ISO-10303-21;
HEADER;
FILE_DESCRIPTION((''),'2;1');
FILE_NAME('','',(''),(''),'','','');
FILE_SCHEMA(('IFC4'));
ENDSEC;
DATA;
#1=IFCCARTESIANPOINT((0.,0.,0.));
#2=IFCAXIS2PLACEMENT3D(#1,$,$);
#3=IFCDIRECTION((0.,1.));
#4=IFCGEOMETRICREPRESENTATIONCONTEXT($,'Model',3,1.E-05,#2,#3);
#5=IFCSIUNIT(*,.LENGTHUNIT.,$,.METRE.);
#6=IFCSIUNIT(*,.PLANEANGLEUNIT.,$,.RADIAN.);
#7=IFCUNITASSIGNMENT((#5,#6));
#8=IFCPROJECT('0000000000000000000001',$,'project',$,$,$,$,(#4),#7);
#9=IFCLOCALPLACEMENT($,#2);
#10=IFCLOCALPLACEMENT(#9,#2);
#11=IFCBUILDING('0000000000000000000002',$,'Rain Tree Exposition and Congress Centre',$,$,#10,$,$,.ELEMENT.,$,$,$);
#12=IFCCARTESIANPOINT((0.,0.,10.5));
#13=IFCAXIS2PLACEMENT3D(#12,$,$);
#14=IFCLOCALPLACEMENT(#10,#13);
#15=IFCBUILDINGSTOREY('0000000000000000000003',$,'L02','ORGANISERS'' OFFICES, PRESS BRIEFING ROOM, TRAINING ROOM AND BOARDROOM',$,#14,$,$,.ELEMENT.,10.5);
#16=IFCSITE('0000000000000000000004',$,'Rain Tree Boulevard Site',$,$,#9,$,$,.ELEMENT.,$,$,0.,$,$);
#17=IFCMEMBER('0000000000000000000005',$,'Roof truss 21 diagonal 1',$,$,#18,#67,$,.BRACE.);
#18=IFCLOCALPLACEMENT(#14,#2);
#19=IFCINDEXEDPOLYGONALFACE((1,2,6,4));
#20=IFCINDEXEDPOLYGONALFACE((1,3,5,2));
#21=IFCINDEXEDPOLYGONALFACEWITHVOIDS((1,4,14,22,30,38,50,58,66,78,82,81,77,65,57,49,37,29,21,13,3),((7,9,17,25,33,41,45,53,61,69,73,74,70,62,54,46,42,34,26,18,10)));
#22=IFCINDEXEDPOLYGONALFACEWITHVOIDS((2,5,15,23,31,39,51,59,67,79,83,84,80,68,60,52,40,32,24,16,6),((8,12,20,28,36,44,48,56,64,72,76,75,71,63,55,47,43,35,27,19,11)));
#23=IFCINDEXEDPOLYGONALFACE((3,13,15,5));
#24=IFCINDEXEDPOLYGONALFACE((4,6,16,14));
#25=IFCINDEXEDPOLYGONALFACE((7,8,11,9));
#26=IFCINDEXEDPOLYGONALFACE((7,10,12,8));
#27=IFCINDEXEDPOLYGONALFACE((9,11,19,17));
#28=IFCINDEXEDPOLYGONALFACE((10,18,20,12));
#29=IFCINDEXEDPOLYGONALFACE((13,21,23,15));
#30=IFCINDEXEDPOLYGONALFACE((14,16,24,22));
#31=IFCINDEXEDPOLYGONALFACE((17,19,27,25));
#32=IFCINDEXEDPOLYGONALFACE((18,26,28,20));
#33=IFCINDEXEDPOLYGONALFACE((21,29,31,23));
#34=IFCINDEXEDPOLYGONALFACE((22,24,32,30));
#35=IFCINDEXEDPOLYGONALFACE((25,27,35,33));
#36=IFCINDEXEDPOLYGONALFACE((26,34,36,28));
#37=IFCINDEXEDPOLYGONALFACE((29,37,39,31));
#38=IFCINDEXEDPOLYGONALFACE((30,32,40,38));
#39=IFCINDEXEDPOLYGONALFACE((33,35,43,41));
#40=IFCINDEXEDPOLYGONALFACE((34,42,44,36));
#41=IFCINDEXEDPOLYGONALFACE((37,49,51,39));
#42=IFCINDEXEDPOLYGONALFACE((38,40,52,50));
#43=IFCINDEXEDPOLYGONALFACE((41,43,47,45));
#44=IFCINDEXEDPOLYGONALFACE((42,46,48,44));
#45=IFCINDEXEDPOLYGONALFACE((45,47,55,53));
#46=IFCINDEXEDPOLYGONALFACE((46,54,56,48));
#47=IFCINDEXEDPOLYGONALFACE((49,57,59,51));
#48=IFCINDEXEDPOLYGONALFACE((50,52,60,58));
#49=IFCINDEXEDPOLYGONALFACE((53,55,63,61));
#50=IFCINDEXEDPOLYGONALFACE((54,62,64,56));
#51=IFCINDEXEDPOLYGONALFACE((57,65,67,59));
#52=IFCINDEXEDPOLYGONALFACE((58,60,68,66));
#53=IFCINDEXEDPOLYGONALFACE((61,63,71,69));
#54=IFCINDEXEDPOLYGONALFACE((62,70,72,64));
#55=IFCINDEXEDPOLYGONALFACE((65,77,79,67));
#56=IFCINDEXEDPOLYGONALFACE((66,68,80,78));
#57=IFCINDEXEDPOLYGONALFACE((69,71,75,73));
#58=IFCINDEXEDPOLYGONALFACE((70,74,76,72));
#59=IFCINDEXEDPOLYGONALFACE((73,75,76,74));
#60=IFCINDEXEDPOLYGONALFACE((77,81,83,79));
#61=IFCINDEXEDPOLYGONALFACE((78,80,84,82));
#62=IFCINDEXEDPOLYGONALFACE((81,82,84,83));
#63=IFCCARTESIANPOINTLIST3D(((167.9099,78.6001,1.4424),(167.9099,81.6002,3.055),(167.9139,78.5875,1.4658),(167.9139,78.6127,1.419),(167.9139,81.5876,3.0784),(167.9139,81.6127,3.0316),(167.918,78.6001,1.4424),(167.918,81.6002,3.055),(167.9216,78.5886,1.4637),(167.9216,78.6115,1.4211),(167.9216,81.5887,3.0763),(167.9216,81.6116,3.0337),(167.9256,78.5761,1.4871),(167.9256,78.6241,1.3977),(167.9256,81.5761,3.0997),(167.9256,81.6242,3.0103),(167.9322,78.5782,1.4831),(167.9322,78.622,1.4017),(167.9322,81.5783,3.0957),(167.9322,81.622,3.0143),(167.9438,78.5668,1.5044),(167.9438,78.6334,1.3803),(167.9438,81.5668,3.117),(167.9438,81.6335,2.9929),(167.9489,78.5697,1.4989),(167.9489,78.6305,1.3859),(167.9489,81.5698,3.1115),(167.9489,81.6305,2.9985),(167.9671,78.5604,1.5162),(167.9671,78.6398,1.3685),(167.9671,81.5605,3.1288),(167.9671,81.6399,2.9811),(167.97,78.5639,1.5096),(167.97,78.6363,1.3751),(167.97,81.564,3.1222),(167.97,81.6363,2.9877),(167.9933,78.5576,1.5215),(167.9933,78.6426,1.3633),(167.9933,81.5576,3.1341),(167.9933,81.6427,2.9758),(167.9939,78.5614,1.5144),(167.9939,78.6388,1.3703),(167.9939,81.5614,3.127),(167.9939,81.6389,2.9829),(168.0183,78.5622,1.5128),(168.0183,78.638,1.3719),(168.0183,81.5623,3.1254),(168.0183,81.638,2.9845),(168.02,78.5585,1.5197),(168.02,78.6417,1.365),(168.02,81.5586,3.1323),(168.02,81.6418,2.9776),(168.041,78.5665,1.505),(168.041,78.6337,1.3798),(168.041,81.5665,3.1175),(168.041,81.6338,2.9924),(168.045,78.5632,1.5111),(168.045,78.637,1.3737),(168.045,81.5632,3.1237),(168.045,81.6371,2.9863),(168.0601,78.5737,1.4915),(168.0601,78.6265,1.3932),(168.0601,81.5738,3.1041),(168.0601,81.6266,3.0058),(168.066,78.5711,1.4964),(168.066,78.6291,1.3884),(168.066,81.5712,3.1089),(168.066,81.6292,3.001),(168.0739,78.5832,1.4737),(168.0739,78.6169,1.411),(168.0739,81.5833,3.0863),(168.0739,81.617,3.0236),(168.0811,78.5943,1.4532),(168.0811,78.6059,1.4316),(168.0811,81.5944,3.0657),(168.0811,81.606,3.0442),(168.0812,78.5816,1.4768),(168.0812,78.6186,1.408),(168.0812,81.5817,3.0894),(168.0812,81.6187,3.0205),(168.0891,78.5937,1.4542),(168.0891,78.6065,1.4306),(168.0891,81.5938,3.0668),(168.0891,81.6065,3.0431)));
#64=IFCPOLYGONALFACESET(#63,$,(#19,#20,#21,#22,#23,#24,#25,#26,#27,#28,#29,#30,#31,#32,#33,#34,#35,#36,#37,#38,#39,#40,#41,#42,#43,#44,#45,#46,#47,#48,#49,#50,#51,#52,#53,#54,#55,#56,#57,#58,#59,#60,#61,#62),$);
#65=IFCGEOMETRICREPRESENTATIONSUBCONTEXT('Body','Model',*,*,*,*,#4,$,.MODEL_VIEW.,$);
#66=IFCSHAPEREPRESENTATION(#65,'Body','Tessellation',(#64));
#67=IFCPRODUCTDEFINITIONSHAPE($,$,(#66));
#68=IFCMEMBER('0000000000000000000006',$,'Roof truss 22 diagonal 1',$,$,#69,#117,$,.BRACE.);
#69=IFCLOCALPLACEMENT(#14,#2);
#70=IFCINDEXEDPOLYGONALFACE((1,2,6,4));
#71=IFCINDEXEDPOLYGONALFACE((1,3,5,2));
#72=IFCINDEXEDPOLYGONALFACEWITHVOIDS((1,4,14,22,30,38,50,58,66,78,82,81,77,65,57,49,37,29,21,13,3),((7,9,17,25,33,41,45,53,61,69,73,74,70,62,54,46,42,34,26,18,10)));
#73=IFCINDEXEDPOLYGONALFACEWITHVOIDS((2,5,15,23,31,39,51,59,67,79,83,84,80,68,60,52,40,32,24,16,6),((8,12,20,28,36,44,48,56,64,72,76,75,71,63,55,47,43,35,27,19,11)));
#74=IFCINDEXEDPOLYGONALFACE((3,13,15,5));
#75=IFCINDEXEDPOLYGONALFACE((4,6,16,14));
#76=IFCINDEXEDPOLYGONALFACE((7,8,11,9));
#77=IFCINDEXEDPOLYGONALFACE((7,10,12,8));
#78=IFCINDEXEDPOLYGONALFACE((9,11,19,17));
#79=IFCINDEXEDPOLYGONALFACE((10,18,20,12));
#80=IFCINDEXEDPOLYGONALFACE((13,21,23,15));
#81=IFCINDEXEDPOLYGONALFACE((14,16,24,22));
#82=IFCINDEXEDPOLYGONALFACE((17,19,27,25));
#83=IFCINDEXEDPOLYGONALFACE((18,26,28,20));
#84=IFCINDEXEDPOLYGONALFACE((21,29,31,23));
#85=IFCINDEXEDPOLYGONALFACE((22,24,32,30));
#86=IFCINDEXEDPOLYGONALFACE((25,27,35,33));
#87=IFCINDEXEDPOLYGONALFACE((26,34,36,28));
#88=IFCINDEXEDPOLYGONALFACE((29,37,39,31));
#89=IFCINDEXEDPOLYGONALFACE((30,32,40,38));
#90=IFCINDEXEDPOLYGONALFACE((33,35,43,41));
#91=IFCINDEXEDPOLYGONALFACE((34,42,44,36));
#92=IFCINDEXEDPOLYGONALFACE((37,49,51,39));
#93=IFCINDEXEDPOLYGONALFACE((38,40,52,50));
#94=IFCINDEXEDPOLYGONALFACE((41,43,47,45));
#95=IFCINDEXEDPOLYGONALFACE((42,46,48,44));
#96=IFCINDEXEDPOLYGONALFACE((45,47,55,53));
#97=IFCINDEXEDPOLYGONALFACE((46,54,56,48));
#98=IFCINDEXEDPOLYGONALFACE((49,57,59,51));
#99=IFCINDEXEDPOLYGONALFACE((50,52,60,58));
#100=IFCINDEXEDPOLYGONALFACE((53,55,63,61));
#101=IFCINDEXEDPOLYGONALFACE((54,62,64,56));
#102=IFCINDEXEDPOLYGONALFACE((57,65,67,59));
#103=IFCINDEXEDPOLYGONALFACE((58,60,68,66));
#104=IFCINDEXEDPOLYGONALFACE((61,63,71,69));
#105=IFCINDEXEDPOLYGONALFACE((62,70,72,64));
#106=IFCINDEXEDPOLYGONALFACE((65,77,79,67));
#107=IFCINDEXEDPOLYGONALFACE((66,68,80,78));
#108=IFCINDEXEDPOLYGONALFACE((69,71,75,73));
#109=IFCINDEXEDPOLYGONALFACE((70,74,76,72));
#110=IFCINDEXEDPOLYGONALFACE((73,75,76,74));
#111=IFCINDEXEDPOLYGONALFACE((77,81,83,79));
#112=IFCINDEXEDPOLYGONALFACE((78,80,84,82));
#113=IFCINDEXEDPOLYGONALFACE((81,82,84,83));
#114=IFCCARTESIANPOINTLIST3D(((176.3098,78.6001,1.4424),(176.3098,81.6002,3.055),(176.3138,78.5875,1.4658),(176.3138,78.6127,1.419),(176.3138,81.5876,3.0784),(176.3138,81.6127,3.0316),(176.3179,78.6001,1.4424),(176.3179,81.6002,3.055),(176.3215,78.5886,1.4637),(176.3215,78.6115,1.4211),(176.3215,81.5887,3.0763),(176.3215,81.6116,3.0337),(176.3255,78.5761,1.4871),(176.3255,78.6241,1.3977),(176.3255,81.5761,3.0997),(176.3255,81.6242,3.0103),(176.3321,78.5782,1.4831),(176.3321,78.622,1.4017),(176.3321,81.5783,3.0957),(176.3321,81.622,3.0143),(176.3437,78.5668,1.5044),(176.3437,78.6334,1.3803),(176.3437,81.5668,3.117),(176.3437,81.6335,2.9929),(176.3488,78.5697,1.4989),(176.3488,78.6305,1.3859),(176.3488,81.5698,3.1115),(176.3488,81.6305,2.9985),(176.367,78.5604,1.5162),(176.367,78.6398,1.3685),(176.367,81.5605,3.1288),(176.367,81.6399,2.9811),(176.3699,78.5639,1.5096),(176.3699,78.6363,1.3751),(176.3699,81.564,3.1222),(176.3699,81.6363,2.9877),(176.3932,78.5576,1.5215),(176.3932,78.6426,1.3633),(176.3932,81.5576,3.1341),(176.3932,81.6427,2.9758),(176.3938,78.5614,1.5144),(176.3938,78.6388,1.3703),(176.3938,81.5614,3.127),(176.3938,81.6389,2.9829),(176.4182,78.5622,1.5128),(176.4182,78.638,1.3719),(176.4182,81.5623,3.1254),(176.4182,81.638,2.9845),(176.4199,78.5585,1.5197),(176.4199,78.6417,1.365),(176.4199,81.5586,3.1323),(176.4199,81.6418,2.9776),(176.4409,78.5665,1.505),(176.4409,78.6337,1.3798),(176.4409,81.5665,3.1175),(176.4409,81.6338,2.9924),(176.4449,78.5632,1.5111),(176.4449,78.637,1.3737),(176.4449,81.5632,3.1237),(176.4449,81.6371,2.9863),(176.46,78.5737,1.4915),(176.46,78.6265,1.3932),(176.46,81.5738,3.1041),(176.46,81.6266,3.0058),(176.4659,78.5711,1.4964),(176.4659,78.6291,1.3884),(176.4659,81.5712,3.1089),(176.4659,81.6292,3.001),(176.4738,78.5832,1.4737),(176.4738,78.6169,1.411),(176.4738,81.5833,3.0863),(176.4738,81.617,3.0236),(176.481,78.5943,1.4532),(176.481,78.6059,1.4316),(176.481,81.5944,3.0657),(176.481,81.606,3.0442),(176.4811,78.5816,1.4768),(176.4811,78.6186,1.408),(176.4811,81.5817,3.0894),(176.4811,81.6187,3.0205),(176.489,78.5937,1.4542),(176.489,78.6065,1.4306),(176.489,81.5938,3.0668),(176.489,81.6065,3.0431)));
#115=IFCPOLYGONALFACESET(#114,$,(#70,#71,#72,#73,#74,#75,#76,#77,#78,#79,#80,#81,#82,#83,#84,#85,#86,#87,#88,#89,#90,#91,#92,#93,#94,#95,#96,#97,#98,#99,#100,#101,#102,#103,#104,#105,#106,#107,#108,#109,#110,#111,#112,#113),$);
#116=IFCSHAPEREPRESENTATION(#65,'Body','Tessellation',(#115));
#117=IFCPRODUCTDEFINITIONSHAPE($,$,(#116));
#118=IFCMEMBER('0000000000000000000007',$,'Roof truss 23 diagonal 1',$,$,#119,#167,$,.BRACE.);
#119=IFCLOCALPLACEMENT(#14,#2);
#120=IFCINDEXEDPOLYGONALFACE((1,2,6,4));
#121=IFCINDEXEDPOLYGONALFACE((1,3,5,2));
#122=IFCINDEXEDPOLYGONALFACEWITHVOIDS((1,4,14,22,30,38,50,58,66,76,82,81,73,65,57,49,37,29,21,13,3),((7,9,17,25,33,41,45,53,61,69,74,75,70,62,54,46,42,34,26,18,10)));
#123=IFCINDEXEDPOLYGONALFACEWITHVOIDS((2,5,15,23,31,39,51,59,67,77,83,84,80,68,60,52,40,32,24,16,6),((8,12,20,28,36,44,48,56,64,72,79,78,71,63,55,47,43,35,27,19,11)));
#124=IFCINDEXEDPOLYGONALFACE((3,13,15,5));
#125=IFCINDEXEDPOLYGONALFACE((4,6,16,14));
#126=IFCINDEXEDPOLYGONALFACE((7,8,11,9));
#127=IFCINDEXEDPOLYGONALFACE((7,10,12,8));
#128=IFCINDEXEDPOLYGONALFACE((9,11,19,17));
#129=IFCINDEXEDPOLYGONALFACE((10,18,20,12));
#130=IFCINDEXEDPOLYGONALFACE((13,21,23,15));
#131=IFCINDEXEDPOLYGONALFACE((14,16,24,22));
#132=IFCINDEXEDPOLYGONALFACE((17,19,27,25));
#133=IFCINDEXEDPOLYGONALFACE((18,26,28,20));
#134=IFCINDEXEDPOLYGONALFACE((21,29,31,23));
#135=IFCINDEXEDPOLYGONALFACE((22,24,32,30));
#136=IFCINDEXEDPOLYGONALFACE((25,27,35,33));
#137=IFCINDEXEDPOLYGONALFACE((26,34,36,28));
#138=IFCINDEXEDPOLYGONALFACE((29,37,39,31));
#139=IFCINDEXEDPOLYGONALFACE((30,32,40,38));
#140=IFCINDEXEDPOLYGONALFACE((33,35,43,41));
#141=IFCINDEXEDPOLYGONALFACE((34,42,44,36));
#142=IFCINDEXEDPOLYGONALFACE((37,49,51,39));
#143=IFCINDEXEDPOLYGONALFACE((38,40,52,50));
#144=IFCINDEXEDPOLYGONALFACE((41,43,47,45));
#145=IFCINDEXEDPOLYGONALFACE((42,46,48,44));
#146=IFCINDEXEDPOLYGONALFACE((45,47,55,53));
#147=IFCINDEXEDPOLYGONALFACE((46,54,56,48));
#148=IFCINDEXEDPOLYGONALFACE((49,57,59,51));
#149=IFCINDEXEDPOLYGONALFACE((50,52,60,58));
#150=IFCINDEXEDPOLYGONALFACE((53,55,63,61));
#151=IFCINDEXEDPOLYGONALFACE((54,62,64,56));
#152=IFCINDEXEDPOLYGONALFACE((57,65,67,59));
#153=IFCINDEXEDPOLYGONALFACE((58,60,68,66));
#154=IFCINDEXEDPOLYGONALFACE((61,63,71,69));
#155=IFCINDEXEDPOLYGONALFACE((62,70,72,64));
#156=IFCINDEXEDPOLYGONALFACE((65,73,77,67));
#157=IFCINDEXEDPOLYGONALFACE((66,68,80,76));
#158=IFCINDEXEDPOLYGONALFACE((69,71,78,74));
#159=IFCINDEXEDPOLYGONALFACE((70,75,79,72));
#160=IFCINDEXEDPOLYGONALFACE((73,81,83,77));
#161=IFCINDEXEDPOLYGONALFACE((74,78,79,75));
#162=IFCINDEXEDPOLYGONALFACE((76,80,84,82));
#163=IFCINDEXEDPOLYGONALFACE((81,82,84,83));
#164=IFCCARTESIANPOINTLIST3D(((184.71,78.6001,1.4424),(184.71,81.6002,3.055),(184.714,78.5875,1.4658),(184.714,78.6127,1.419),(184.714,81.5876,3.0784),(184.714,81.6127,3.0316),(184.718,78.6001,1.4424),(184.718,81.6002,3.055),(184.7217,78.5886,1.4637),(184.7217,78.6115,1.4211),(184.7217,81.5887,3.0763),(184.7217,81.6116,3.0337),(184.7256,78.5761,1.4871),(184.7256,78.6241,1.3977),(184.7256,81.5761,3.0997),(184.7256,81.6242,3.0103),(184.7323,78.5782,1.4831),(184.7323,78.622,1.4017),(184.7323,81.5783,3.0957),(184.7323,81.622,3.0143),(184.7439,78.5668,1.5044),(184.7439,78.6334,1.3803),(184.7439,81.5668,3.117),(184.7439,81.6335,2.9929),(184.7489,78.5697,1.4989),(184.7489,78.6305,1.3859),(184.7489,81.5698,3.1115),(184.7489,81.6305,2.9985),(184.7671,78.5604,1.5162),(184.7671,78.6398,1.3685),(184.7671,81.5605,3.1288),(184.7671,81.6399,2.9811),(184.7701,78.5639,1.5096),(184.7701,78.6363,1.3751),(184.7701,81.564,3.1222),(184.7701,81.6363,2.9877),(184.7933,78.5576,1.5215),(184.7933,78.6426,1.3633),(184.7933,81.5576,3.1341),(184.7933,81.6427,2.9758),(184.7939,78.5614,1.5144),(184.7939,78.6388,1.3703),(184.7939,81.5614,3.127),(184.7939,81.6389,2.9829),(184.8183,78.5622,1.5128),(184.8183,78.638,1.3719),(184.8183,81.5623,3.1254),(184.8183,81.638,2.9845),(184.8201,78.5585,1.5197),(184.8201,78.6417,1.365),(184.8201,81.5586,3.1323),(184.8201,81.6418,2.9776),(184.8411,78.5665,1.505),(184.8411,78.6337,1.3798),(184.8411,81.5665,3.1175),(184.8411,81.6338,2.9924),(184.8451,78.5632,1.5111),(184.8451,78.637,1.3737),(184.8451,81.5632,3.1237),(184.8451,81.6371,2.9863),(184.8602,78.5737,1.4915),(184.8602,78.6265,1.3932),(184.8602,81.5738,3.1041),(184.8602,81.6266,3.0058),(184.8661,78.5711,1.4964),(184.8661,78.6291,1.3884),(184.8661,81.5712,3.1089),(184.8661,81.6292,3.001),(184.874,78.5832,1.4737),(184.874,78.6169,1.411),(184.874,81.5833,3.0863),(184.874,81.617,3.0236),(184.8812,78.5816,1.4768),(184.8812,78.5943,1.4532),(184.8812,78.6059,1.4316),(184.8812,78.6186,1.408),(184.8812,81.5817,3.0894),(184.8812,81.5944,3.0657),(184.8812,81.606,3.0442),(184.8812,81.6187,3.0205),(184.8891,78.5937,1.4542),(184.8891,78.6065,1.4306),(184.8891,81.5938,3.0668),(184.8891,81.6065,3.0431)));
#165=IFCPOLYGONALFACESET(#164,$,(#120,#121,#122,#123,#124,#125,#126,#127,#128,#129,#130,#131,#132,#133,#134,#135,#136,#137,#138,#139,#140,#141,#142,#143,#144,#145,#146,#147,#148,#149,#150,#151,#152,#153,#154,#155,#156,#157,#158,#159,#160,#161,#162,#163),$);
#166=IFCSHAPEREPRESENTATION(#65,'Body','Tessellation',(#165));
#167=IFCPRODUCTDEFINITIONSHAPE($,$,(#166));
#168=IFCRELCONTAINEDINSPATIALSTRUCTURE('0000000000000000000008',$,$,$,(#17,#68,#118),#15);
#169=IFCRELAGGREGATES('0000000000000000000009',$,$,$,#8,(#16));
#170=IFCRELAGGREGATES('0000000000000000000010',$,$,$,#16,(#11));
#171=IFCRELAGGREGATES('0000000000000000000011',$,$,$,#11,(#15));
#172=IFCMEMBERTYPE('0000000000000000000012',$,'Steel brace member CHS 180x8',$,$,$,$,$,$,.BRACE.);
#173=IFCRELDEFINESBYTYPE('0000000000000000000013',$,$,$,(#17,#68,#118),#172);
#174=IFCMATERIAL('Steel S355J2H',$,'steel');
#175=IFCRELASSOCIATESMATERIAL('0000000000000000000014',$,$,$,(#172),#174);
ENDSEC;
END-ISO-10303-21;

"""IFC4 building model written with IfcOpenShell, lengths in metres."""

from ifc_helpers import new_model, si_unit, direction, frame, origin, origin_2d, place, context, subcontext, project, spatial, hollow_circle, extrude, material, material_profile, profile_set, type_object, element, save


model = new_model("IFC4")

# Units and contexts
model_context = context("Model", 3, precision=1e-05, world=origin(), true_north=direction((0.0, 1.0)))
body_context = subcontext(model_context, "Body", "Model", "MODEL_VIEW")
ifc_project = project(units=[si_unit("LENGTHUNIT", "METRE"), si_unit("PLANEANGLEUNIT", "RADIAN")], contexts=[model_context])

# Site, building, storey
site_placement = place(None, origin())
site = spatial("IfcSite", under=ifc_project, at=site_placement, Name="Rain Tree Boulevard Site", CompositionType="ELEMENT", RefElevation=0.0)
building_placement = place(site_placement, origin())
building = spatial("IfcBuilding", under=site, at=building_placement, Name="Rain Tree Exposition and Congress Centre", CompositionType="ELEMENT")
storey_placement = place(building_placement, frame((0.0, 0.0, 10.5)))
storey = spatial("IfcBuildingStorey", under=building, at=storey_placement, Name="L02", Description="ORGANISERS' OFFICES, PRESS BRIEFING ROOM, TRAINING ROOM AND BOARDROOM", CompositionType="ELEMENT", Elevation=10.5)

# Members
ifc_material_1 = material(Name="Steel S355J2H", Category="steel")
ifc_material_profile_1 = material_profile(ifc_material_1, hollow_circle(Radius=0.0901, WallThickness=0.0081, at=origin_2d()), Name="CHS 180x8")
ifc_profile_set_1 = profile_set([ifc_material_profile_1], Name="Steel S355J2H")
member_type_1 = type_object("IfcMemberType", Name="Steel brace member CHS 180x8", PredefinedType="BRACE", material=ifc_profile_set_1)
for number, where, z_axis, x_axis, name in (
    (1, (168.0, 78.6001, 1.4424), (0.0, 0.880818, 0.473454), (-1.0, 0.0, 0.0), "Roof truss 21 diagonal 1"),
    (2, (176.3999, 78.6001, 1.4424), (0.0, 0.880818, 0.473454), (-1.0, 0.0, 0.0), "Roof truss 22 diagonal 1"),
    (3, (184.8, 78.6001, 1.4424), (0.0, 0.880818, 0.473454), (-1.0, 0.0, 0.0), "Roof truss 23 diagonal 1"),
):
    element("IfcMember", number, at=place(storey_placement, frame(where, z_axis=z_axis, x_axis=x_axis)), inside=storey, type_object=member_type_1, Name=name, PredefinedType="BRACE", context=body_context, shape_type="SweptSolid", body=[
        extrude(hollow_circle(Radius=0.0901, WallThickness=0.0081, at=origin_2d()), origin(), (0.0, 0.0, 1.0), 3.406),
    ])

save(model, "model.ifc")
